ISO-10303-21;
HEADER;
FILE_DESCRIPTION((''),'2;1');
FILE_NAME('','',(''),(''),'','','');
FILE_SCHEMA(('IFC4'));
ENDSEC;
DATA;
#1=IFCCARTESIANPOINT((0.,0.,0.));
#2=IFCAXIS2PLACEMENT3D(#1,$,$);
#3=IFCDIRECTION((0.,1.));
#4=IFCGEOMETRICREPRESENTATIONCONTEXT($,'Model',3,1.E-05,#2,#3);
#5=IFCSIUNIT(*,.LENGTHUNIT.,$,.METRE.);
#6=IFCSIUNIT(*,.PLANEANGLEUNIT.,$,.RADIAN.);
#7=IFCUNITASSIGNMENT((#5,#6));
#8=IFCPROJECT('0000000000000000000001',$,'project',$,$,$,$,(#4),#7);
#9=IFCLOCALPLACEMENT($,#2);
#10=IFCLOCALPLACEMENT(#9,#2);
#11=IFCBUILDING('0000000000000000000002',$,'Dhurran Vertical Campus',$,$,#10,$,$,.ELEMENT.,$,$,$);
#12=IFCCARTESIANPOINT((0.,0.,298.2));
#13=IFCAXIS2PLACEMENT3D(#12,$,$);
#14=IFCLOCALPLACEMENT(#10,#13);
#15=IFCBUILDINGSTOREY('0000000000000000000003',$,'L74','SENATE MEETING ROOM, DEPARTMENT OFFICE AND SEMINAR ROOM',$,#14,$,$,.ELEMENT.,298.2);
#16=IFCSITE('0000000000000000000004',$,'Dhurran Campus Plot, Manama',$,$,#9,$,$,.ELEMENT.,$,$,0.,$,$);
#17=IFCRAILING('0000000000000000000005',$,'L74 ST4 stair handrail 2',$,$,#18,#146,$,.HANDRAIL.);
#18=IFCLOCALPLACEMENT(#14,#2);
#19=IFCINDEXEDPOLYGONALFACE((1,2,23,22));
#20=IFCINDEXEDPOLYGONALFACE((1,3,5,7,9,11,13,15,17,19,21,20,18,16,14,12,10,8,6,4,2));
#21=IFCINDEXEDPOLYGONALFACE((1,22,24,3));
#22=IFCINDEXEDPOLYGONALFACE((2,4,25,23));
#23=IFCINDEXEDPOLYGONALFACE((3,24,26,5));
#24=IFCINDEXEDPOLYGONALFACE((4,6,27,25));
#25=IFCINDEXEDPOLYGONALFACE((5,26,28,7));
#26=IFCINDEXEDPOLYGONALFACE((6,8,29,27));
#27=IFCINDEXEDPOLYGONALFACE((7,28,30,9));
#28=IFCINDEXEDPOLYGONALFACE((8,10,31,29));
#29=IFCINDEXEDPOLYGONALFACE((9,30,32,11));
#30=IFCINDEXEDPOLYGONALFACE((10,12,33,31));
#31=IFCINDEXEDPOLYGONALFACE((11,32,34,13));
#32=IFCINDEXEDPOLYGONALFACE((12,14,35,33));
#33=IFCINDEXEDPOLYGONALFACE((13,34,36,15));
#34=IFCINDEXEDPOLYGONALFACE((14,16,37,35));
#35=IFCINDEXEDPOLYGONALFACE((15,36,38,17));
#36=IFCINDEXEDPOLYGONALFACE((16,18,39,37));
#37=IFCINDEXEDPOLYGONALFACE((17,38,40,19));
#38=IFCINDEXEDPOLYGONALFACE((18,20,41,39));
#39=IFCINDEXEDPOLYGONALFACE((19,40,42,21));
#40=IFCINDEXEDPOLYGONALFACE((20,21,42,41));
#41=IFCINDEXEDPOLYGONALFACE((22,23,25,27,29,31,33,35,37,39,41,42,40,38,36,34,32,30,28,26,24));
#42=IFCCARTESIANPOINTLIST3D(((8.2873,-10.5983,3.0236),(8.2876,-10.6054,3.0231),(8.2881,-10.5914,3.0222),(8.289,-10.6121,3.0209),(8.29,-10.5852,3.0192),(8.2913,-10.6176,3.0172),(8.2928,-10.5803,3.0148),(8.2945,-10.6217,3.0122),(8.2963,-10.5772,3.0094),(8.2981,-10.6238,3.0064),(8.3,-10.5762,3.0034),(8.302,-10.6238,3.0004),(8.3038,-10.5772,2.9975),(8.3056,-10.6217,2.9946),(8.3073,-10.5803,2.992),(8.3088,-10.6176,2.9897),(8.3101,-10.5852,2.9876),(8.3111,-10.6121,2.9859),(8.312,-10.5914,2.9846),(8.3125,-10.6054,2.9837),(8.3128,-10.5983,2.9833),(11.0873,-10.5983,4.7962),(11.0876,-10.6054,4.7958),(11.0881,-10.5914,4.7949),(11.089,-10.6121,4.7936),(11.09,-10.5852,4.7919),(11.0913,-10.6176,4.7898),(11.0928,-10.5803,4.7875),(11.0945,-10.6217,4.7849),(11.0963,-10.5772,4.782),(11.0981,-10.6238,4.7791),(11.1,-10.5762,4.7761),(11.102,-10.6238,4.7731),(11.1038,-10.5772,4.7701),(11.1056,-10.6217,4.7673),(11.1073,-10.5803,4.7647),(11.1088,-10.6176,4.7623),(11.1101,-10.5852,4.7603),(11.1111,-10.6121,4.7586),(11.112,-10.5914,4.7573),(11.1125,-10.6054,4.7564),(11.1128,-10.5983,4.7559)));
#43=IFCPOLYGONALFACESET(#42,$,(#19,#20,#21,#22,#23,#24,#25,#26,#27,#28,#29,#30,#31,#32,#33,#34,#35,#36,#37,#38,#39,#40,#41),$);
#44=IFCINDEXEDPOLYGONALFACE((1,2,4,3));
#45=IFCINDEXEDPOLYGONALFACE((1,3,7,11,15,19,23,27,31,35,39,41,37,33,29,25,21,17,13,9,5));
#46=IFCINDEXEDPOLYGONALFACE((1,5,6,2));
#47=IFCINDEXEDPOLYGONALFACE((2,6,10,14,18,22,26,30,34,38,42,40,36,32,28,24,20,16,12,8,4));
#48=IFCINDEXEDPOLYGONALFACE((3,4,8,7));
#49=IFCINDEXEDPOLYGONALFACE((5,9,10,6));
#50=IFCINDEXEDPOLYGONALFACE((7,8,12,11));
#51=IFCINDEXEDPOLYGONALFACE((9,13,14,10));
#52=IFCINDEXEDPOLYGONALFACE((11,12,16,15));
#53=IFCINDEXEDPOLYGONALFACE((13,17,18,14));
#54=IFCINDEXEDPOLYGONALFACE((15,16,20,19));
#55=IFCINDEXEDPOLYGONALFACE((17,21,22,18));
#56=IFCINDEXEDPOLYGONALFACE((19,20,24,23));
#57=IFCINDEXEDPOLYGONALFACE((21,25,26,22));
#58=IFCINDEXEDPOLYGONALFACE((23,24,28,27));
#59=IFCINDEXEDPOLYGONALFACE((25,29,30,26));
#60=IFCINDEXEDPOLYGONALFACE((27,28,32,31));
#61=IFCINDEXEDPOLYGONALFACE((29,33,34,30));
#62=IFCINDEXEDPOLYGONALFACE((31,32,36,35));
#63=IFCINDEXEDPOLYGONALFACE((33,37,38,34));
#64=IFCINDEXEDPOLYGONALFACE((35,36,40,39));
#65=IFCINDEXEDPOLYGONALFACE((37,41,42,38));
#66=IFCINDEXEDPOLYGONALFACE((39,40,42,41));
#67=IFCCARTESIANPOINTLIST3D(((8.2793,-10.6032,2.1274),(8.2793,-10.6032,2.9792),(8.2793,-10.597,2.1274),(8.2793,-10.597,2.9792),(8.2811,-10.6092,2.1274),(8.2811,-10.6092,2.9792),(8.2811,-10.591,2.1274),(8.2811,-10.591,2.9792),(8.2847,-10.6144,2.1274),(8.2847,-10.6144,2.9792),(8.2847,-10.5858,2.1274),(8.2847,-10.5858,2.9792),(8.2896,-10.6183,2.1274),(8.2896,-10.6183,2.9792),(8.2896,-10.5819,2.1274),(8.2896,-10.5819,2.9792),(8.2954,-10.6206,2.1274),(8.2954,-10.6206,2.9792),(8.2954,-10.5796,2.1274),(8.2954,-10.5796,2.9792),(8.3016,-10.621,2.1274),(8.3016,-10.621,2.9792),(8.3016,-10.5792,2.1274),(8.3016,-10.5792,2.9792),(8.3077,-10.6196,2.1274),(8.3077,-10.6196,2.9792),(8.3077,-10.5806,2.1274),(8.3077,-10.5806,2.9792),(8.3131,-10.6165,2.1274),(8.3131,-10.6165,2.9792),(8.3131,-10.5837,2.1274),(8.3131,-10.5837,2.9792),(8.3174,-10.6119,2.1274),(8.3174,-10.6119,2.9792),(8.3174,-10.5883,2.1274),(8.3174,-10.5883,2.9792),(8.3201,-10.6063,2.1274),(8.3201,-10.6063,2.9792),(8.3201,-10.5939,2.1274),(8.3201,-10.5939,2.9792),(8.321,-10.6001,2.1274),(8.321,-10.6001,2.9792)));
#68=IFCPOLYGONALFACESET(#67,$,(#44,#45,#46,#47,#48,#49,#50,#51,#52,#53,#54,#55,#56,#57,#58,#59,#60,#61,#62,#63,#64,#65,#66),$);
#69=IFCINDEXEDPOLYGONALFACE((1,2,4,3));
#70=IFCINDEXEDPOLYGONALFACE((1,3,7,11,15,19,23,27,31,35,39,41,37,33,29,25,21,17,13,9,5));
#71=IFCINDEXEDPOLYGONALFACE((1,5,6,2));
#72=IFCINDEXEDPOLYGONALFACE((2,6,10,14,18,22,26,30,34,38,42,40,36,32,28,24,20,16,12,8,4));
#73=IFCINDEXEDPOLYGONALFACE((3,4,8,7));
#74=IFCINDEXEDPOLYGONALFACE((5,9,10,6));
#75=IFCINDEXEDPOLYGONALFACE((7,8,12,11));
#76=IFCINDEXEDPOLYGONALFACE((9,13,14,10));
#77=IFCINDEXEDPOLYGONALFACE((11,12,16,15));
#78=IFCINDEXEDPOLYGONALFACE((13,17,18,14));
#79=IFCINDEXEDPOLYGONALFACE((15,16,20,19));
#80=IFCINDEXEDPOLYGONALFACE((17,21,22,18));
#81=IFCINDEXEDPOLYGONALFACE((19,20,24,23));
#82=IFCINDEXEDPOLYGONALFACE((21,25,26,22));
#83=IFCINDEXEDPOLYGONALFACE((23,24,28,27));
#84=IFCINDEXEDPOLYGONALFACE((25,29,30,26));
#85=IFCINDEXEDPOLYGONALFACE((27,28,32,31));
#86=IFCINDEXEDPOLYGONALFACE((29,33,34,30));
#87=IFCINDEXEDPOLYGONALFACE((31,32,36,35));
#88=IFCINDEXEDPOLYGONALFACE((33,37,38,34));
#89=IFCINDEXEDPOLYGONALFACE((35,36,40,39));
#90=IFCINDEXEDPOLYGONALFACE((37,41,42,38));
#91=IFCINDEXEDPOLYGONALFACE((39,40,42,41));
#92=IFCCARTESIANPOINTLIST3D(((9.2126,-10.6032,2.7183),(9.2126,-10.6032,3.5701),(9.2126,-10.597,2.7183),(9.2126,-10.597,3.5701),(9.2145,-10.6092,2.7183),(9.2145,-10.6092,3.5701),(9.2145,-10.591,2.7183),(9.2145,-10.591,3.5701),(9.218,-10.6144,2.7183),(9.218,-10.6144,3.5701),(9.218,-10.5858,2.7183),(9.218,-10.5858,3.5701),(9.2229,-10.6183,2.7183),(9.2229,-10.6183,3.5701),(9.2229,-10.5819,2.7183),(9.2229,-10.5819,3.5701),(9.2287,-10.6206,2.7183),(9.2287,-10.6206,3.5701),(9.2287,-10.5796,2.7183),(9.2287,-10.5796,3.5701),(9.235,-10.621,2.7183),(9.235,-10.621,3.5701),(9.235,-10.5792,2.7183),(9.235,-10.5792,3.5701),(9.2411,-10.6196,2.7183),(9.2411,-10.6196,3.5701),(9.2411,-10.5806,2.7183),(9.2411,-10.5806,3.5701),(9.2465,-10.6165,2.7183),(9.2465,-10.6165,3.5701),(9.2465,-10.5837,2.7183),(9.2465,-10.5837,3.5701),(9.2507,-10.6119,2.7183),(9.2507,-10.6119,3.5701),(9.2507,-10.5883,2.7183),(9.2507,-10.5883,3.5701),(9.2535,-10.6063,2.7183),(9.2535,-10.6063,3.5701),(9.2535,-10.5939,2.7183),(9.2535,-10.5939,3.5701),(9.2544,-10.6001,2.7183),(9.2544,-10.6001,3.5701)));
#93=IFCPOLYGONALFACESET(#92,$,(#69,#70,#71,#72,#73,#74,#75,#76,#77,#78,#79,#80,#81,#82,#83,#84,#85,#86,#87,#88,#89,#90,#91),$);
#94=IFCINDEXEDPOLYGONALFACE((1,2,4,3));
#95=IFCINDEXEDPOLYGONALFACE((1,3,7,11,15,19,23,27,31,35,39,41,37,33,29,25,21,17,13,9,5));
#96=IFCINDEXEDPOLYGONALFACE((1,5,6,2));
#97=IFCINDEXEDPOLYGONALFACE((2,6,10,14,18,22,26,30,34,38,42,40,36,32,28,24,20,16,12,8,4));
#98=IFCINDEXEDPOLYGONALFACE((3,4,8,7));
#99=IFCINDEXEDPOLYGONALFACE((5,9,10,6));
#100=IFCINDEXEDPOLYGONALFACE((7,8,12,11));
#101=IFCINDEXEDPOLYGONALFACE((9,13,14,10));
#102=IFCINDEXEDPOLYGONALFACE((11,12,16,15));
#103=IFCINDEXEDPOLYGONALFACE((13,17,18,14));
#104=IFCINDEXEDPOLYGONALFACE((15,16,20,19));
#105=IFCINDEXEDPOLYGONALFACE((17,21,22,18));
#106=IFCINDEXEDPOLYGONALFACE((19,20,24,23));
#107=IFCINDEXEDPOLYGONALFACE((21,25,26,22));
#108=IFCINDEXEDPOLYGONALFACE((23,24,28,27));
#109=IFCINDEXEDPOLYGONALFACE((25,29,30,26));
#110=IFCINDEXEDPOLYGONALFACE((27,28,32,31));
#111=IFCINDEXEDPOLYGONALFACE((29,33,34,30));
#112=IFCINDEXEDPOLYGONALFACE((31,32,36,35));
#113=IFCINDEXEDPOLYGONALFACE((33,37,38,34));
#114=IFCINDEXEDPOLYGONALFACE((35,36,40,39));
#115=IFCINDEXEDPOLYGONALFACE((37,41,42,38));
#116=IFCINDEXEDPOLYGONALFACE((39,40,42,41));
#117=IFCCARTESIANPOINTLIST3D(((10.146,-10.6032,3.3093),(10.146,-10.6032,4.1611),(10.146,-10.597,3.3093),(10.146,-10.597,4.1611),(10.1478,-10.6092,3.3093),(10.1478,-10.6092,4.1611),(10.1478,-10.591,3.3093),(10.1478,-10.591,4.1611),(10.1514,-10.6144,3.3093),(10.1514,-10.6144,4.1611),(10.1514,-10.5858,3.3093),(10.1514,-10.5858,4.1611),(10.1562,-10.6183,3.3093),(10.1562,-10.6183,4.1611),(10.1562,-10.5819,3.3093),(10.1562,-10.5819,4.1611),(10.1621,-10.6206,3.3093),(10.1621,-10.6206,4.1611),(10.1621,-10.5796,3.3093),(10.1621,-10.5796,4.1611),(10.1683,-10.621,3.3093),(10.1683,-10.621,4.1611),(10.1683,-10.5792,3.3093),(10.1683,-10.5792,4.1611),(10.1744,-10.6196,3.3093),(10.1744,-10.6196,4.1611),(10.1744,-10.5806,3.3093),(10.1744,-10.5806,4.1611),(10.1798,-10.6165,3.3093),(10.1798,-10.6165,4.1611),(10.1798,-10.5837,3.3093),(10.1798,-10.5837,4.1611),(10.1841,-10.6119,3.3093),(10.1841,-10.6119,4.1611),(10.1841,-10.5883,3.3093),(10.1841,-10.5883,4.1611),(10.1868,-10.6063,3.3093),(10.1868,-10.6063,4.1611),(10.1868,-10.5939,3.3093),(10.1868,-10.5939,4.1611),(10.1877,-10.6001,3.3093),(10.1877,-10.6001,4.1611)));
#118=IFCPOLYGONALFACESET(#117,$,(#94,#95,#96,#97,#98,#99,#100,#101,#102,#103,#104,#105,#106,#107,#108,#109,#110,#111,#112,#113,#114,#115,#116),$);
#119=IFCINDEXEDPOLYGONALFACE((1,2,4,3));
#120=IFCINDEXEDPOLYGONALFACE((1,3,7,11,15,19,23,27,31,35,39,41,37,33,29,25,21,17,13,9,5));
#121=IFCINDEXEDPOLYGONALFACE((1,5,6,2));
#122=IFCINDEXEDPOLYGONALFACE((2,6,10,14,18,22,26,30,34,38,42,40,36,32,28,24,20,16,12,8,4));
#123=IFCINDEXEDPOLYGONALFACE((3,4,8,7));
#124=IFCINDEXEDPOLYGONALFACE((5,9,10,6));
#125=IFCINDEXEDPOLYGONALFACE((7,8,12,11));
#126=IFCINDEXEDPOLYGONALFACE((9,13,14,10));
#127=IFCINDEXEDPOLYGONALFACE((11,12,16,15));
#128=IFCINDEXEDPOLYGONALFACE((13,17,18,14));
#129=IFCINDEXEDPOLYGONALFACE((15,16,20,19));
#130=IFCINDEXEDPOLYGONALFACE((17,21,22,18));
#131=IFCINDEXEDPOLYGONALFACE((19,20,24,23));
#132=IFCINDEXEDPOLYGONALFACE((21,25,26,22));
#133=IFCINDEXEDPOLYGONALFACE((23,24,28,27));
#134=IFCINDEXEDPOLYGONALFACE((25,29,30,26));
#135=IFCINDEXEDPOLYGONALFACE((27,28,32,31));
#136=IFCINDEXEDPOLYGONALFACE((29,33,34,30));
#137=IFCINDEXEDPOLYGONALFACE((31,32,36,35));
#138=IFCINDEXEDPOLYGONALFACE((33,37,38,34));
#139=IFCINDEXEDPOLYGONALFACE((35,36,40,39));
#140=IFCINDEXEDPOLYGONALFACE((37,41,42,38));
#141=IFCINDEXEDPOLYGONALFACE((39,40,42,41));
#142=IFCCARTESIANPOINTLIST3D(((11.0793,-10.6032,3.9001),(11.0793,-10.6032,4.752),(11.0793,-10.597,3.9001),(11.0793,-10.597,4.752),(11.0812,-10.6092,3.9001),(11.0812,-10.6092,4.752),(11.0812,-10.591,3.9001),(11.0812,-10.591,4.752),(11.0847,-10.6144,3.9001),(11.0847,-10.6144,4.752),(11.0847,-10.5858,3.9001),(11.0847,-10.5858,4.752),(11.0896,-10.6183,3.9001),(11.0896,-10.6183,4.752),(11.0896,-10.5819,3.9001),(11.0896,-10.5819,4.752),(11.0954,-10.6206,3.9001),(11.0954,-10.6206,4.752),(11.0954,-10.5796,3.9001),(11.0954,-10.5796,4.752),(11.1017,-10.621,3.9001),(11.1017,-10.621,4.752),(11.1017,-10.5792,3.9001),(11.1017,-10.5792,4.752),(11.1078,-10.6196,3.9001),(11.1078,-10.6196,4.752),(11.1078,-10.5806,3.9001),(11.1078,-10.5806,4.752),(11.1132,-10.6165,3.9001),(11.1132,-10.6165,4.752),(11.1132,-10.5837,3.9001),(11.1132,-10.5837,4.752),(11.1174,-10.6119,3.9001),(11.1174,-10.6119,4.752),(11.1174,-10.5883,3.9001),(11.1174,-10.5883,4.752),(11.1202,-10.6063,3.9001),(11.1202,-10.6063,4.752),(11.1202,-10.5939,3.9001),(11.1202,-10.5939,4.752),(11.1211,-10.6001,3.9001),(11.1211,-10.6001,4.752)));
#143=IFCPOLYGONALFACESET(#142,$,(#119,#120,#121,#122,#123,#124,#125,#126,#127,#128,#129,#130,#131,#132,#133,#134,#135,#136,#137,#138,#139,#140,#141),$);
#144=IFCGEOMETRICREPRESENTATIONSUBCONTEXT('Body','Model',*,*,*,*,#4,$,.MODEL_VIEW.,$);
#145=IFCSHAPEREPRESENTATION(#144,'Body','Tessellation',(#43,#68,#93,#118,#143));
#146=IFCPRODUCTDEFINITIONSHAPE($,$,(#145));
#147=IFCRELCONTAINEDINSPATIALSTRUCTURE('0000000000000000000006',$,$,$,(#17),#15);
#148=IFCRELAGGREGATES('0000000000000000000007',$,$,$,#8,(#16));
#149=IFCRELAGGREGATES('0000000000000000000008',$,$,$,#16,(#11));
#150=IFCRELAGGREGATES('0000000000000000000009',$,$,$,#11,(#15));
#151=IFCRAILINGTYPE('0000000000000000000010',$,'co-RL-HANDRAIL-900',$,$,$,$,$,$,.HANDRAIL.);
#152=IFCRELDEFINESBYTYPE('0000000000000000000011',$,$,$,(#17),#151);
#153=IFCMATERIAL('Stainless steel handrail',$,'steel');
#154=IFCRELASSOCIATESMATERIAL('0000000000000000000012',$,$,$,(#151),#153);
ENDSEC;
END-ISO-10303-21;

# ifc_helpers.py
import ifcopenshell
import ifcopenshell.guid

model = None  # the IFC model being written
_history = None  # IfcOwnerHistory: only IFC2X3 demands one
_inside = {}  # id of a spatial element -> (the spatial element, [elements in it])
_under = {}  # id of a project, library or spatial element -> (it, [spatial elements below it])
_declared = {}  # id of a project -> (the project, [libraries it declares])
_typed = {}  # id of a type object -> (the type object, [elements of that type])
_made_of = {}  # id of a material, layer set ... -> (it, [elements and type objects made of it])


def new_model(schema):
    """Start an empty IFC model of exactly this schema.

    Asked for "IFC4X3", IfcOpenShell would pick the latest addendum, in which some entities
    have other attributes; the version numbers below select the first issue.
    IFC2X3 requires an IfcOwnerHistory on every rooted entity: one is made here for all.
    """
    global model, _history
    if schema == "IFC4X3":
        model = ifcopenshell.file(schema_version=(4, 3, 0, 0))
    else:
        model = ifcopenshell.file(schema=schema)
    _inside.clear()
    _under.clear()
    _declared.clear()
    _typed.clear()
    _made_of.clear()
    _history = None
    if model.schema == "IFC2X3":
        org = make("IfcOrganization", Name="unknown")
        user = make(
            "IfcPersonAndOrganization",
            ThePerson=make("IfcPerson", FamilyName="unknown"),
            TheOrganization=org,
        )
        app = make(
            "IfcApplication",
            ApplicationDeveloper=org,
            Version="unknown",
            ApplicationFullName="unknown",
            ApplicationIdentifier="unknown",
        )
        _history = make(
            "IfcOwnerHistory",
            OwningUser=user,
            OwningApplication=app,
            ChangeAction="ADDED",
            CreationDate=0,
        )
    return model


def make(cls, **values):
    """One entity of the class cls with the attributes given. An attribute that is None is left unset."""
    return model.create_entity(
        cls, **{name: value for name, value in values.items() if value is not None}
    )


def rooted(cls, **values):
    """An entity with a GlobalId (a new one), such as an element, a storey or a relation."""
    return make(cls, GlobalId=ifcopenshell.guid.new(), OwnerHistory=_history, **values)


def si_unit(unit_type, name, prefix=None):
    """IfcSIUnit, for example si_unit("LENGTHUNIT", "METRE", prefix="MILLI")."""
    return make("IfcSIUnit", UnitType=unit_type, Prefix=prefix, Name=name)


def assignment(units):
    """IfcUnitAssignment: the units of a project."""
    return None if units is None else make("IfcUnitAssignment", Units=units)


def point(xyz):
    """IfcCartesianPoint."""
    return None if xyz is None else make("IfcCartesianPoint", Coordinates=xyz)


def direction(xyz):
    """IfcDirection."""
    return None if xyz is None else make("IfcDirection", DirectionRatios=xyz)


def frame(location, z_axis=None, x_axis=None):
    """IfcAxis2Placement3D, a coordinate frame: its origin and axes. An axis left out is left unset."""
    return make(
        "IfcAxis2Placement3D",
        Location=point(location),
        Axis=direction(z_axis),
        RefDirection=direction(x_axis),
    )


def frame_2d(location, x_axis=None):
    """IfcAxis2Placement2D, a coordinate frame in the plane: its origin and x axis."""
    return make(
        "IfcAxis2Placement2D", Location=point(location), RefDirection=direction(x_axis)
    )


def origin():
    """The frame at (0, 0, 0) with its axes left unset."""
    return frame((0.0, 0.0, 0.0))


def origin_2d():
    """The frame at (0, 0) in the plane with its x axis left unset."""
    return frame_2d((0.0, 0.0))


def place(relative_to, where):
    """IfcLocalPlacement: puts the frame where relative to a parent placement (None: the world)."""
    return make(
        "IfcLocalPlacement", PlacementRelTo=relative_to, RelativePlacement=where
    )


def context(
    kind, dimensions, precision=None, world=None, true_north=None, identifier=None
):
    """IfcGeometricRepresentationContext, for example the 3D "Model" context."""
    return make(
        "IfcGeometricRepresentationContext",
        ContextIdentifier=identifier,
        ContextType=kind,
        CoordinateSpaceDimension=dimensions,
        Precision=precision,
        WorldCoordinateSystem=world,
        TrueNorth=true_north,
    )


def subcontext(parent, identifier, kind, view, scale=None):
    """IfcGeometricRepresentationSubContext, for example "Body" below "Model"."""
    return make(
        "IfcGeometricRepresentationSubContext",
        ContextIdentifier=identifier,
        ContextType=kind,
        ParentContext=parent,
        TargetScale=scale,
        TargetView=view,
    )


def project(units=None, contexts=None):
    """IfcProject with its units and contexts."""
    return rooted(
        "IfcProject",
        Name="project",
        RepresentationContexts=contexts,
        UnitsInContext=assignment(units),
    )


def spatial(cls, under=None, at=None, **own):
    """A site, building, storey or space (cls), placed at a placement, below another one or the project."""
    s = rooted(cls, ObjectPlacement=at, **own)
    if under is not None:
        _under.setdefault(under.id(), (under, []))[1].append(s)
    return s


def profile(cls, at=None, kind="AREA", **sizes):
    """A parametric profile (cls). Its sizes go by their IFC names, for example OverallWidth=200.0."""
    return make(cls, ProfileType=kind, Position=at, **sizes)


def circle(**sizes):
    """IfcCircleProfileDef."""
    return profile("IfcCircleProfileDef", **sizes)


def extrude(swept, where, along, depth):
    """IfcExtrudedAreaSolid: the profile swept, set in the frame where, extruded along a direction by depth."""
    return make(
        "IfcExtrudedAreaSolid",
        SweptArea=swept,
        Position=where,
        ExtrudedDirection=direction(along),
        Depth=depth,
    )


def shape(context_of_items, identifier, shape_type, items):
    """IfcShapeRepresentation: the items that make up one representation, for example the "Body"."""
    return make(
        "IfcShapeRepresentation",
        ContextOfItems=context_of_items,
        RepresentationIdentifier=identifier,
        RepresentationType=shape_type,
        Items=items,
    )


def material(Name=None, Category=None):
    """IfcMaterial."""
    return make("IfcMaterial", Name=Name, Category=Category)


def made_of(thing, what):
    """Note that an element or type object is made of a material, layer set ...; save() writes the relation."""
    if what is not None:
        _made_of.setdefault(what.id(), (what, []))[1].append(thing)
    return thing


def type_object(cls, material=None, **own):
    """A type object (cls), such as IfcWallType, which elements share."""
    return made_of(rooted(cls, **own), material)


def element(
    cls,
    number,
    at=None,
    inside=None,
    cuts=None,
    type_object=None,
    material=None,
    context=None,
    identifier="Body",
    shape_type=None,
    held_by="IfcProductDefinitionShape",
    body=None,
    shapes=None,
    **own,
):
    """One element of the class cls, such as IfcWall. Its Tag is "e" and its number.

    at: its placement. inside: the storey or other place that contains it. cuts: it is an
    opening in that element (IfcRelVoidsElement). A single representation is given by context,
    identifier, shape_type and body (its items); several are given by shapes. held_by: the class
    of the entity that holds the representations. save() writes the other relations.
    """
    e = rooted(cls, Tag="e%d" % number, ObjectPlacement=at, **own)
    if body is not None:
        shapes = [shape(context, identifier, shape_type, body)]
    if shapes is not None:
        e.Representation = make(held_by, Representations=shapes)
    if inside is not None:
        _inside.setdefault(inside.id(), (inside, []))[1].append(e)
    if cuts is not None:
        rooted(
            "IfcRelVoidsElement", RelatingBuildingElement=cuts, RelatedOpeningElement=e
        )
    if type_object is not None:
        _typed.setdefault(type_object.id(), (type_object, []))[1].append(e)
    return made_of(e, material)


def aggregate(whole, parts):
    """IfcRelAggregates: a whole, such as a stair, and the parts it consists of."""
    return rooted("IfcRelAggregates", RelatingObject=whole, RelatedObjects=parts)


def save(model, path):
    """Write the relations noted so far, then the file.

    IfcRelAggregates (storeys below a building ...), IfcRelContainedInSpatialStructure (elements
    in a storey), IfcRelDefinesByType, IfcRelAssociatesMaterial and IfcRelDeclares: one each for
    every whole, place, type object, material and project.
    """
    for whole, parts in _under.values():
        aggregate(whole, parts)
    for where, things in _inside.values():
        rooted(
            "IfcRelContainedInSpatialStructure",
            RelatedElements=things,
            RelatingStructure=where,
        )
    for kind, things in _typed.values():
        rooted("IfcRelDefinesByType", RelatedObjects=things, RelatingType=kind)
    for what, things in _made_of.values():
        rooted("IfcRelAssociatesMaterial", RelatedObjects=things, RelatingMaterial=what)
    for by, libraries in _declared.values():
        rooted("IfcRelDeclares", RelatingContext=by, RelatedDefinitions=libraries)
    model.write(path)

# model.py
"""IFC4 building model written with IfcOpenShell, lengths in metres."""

from ifc_helpers import new_model, si_unit, direction, frame, origin, origin_2d, place, context, subcontext, project, spatial, circle, extrude, material, type_object, element, save


model = new_model("IFC4")

# Units and contexts
model_context = context("Model", 3, precision=1e-05, world=origin(), true_north=direction((0.0, 1.0)))
body_context = subcontext(model_context, "Body", "Model", "MODEL_VIEW")
ifc_project = project(units=[si_unit("LENGTHUNIT", "METRE"), si_unit("PLANEANGLEUNIT", "RADIAN")], contexts=[model_context])

# Site, building, storey
site_placement = place(None, origin())
site = spatial("IfcSite", under=ifc_project, at=site_placement, Name="Dhurran Campus Plot, Manama", CompositionType="ELEMENT", RefElevation=0.0)
building_placement = place(site_placement, origin())
building = spatial("IfcBuilding", under=site, at=building_placement, Name="Dhurran Vertical Campus", CompositionType="ELEMENT")
storey_placement = place(building_placement, frame((0.0, 0.0, 298.2)))
storey = spatial("IfcBuildingStorey", under=building, at=storey_placement, Name="L74", Description="SENATE MEETING ROOM, DEPARTMENT OFFICE AND SEMINAR ROOM", CompositionType="ELEMENT", Elevation=298.2)

# Railing
ifc_material_1 = material(Name="Stainless steel handrail", Category="steel")
railing_type_1 = type_object("IfcRailingType", Name="co-RL-HANDRAIL-900", PredefinedType="HANDRAIL", material=ifc_material_1)
railing_1_placement = place(storey_placement, frame((8.3, -10.6001, 2.1274)))
element("IfcRailing", 1, at=railing_1_placement, inside=storey, type_object=railing_type_1, Name="L74 ST4 stair handrail 2", PredefinedType="HANDRAIL", context=body_context, shape_type="SweptSolid", body=[
    extrude(circle(Radius=0.0239, at=origin_2d()), frame((0.0, 0.0, 0.876), z_axis=(0.844909, 0.0, 0.53491), x_axis=(0.0, 1.0, 0.0)), (0.0, 0.0, 1.0), 3.314),
    extrude(circle(Radius=0.021, at=origin_2d()), origin(), (0.0, 0.0, 1.0), 0.8518),
    extrude(circle(Radius=0.021, at=origin_2d()), frame((0.9333, 0.0, 0.5908)), (0.0, 0.0, 1.0), 0.8518),
    extrude(circle(Radius=0.021, at=origin_2d()), frame((1.8667, 0.0, 1.1819)), (0.0, 0.0, 1.0), 0.8518),
    extrude(circle(Radius=0.021, at=origin_2d()), frame((2.8, 0.0, 1.7727)), (0.0, 0.0, 1.0), 0.8518),
])

save(model, "model.ifc")
